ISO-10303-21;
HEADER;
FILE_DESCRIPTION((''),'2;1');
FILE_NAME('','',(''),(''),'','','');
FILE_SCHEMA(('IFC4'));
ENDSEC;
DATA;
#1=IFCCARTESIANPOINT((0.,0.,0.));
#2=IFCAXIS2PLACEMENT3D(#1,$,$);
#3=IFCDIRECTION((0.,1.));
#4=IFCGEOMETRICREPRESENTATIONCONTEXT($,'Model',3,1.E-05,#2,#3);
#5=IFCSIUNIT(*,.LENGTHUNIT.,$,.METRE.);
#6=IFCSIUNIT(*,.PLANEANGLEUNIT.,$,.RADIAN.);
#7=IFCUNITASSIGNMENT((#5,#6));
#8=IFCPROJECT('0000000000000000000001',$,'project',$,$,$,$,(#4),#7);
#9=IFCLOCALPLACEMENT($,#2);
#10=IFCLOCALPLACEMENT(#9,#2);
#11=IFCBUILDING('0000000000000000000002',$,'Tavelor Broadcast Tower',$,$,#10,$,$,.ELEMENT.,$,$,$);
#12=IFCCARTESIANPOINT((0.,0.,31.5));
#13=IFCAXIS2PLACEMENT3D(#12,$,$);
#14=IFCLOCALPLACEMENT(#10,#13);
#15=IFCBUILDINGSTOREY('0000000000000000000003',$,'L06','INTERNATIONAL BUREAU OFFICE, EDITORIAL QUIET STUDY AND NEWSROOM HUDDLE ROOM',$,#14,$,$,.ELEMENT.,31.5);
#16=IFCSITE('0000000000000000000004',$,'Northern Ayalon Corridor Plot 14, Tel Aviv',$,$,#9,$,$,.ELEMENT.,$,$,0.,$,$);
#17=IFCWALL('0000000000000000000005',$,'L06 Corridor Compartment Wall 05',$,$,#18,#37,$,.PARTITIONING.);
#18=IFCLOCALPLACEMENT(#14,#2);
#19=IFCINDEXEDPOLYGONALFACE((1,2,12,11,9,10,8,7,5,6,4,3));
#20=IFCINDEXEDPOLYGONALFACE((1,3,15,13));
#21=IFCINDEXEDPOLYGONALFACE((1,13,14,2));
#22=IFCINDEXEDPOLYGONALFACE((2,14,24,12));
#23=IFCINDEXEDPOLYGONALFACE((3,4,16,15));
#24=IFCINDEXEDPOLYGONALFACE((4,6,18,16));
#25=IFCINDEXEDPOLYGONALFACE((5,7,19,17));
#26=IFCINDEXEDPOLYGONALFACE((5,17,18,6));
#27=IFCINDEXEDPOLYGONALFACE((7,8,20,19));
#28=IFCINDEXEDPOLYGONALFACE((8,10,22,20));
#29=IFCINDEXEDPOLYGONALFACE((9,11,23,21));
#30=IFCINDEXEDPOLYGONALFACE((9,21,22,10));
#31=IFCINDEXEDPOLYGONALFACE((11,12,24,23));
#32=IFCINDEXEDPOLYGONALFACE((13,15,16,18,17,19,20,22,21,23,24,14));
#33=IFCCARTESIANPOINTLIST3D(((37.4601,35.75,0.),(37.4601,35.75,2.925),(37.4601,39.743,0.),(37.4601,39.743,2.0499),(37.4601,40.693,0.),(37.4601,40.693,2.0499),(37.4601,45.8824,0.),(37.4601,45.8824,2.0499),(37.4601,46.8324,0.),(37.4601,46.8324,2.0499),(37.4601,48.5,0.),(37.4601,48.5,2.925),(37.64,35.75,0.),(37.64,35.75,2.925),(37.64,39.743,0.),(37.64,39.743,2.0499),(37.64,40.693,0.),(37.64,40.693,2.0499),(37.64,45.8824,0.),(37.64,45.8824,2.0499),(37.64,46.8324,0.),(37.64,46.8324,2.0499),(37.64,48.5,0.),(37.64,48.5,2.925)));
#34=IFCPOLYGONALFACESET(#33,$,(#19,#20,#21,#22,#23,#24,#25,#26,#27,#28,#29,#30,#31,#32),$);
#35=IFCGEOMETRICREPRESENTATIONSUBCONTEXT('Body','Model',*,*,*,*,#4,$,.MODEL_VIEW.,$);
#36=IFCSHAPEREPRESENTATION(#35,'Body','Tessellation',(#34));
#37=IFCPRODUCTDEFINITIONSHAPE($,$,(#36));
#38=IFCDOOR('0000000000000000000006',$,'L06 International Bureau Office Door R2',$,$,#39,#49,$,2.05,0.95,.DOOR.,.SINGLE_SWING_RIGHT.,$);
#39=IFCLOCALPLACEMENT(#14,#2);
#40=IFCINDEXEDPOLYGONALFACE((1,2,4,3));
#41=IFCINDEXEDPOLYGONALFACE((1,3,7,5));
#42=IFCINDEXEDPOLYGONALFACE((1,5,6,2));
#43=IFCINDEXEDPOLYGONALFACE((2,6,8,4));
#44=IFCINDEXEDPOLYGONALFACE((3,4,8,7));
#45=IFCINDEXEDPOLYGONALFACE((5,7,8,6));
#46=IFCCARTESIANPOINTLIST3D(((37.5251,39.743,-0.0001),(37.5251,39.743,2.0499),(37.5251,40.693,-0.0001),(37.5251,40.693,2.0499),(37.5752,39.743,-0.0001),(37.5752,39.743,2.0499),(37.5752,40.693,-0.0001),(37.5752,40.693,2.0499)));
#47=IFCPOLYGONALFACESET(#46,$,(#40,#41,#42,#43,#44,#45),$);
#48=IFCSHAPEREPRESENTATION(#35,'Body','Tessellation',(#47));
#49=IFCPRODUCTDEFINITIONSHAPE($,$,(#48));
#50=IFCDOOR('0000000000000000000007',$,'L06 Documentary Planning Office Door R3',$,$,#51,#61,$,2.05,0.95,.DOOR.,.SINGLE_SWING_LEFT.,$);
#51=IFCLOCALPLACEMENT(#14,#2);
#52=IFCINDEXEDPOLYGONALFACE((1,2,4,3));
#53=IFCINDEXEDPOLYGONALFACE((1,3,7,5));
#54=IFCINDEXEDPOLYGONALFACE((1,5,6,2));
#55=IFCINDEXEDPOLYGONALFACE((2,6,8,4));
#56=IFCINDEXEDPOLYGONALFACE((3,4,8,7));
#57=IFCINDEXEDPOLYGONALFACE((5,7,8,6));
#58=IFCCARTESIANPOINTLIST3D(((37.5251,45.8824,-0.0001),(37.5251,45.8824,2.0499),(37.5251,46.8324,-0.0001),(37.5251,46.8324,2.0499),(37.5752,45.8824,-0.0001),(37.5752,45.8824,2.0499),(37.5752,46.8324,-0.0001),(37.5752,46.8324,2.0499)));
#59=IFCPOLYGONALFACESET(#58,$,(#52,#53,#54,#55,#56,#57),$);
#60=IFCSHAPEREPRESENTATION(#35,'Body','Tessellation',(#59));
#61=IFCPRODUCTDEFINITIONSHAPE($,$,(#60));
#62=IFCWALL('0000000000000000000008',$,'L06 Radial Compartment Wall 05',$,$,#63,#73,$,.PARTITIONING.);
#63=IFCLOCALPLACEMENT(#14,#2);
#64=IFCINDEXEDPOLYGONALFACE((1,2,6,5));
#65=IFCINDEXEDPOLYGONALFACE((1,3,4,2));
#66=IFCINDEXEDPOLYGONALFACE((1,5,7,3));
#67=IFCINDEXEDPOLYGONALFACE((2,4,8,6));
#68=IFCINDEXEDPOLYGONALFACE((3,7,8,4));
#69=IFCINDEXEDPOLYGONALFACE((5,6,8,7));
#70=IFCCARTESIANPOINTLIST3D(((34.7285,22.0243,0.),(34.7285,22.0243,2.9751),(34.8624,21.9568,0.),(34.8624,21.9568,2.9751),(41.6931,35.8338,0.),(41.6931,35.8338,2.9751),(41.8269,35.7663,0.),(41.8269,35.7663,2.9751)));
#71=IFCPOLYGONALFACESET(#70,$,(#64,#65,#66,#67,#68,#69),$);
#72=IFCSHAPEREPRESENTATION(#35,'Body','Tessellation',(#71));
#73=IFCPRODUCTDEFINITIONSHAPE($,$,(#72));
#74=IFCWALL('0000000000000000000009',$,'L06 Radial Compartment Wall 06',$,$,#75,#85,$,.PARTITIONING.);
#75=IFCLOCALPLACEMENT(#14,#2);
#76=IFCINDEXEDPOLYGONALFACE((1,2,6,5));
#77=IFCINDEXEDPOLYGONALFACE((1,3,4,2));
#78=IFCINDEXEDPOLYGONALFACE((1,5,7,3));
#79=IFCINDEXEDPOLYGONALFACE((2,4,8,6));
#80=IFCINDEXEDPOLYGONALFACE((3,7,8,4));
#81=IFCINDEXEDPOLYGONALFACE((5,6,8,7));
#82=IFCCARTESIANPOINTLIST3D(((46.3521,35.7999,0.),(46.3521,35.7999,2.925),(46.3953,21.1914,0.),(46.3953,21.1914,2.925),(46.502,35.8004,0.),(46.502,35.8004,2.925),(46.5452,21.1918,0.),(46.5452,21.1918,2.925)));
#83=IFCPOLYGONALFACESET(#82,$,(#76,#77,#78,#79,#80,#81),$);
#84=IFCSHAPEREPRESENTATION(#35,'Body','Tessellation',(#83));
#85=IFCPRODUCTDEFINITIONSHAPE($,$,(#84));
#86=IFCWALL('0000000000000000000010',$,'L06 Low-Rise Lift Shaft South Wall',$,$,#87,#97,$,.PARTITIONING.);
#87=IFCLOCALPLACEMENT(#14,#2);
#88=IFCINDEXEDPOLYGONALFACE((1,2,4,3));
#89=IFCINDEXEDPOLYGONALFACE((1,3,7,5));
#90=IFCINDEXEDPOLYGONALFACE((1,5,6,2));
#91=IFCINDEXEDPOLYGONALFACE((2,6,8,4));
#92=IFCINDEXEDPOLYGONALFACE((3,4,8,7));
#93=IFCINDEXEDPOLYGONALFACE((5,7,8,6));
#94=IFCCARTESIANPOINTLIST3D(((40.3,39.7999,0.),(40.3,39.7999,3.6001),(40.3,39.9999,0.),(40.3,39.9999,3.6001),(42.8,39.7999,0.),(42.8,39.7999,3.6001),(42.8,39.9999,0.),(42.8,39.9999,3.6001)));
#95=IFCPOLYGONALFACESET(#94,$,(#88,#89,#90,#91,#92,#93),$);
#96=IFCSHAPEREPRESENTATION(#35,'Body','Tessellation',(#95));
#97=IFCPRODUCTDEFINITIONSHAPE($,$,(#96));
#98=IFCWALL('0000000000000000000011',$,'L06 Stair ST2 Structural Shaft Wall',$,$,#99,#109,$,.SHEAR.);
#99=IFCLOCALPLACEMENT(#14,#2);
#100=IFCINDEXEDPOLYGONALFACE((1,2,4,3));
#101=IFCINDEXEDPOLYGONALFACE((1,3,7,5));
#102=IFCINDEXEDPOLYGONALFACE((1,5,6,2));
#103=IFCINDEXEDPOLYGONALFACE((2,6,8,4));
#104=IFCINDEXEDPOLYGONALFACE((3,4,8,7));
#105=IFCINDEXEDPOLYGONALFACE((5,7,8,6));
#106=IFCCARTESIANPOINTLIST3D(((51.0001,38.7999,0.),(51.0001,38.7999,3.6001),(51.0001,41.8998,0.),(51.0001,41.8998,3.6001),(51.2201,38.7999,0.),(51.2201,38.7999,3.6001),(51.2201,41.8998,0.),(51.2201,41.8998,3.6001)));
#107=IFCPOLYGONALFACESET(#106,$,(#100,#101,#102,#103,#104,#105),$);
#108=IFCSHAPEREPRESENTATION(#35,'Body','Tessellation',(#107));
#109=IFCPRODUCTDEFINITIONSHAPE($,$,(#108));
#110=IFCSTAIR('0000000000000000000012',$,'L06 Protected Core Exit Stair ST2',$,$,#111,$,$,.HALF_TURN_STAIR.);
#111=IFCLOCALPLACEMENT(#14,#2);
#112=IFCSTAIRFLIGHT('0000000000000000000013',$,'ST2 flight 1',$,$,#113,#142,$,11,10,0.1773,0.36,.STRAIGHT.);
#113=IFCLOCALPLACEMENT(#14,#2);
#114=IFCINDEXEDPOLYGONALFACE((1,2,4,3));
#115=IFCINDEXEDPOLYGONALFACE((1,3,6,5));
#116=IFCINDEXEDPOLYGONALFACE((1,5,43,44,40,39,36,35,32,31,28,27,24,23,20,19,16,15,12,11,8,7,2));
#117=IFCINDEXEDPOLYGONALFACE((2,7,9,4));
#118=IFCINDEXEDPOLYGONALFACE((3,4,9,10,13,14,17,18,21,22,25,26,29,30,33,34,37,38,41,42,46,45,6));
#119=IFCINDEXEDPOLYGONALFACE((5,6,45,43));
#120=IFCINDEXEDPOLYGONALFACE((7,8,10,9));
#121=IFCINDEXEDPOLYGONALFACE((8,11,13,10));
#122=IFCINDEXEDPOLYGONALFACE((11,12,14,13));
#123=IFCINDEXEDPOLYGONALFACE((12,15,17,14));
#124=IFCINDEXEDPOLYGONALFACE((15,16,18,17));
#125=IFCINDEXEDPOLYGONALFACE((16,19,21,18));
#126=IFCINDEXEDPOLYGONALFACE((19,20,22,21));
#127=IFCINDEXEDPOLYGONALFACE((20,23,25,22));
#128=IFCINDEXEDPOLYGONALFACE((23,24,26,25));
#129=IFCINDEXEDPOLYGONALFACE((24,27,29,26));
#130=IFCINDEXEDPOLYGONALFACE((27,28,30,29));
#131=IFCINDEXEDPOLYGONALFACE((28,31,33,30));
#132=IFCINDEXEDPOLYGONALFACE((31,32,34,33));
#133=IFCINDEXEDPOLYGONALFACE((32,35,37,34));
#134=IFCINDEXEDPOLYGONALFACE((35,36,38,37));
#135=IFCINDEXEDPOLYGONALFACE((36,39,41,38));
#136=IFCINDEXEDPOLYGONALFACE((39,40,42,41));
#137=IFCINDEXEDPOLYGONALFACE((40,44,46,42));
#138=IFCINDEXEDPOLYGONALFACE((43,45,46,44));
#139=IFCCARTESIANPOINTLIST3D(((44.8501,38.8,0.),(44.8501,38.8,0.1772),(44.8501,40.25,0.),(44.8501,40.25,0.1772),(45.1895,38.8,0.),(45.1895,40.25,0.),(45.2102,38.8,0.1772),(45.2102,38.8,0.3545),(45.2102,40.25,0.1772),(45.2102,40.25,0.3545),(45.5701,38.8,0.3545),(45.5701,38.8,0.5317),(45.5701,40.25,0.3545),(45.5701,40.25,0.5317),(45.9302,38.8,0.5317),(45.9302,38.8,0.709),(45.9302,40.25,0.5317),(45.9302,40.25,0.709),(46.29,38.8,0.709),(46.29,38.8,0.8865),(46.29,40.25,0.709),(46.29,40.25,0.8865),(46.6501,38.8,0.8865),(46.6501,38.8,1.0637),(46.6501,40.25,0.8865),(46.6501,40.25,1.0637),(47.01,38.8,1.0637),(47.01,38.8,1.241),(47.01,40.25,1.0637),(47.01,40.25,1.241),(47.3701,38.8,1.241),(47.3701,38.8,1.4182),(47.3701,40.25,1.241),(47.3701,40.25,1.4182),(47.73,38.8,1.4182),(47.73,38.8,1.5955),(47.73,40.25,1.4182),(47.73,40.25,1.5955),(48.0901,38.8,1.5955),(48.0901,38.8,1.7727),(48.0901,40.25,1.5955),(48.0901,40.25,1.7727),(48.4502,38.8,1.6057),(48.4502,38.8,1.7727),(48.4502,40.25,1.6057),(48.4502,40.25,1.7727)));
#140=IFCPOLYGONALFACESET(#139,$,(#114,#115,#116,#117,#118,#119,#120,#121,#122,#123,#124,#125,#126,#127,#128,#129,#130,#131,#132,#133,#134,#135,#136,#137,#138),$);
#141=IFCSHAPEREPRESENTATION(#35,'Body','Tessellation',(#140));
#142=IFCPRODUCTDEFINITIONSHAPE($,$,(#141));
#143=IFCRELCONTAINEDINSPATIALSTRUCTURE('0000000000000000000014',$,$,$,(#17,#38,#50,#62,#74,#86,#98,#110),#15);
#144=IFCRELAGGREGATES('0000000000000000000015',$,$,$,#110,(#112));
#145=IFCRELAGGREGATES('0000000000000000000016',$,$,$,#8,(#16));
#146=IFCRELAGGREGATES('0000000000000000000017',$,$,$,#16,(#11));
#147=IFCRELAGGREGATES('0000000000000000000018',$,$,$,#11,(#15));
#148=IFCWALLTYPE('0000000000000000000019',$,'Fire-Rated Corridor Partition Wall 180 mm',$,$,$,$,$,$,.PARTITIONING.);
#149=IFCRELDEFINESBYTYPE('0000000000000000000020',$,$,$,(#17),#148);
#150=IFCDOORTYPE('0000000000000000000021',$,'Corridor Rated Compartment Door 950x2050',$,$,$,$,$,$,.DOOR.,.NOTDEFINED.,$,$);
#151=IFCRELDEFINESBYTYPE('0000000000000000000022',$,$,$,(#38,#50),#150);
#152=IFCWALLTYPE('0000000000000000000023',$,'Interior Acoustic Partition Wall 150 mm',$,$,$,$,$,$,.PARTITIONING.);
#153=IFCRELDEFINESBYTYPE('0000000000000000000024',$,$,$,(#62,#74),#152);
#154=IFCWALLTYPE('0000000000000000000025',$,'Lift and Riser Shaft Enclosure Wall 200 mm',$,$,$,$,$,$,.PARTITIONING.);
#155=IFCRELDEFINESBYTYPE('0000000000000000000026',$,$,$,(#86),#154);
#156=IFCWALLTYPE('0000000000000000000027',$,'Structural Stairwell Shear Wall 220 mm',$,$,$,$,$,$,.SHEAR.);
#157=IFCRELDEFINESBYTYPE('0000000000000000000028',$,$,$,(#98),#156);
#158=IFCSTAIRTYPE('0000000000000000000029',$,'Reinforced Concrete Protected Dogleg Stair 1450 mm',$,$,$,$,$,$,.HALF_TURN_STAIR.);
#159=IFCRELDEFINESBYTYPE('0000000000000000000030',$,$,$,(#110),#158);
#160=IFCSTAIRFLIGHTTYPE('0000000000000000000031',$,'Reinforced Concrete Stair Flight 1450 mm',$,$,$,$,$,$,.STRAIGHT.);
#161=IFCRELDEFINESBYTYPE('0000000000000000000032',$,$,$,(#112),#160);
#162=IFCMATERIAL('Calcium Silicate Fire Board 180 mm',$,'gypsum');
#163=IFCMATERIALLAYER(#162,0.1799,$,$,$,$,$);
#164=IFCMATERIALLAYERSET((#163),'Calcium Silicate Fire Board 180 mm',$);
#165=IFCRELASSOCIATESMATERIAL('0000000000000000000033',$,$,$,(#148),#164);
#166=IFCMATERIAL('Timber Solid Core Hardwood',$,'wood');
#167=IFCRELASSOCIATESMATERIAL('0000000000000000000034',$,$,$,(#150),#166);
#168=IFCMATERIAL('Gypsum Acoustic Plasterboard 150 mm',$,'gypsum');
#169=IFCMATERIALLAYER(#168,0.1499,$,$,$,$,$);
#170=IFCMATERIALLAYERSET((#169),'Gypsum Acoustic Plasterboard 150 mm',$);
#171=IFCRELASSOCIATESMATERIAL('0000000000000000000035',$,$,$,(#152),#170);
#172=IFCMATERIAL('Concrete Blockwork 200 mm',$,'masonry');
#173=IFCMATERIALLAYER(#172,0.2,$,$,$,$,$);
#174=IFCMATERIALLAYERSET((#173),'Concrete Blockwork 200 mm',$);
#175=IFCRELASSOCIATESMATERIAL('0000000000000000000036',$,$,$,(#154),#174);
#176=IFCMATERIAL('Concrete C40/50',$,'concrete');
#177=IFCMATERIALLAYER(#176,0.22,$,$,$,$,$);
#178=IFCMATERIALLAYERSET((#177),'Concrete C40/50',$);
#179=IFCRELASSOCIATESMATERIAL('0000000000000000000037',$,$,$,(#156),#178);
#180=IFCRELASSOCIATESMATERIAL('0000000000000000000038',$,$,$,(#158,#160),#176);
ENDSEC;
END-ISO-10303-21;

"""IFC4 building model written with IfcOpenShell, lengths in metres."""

from ifc_helpers import new_model, si_unit, direction, frame, frame_2d, origin, place, context, subcontext, project, spatial, polyline, rectangle, outline, extrude, material, layer, layer_set, type_object, element, fill, aggregate, save


model = new_model("IFC4")

# Units and contexts
model_context = context("Model", 3, precision=1e-05, world=origin(), true_north=direction((0.0, 1.0)))
body_context = subcontext(model_context, "Body", "Model", "MODEL_VIEW")
ifc_project = project(units=[si_unit("LENGTHUNIT", "METRE"), si_unit("PLANEANGLEUNIT", "RADIAN")], contexts=[model_context])

# Site, building, storey
site_placement = place(None, origin())
site = spatial("IfcSite", under=ifc_project, at=site_placement, Name="Northern Ayalon Corridor Plot 14, Tel Aviv", CompositionType="ELEMENT", RefElevation=0.0)
building_placement = place(site_placement, origin())
building = spatial("IfcBuilding", under=site, at=building_placement, Name="Tavelor Broadcast Tower", CompositionType="ELEMENT")
storey_placement = place(building_placement, frame((0.0, 0.0, 31.5)))
storey = spatial("IfcBuildingStorey", under=building, at=storey_placement, Name="L06", Description="INTERNATIONAL BUREAU OFFICE, EDITORIAL QUIET STUDY AND NEWSROOM HUDDLE ROOM", CompositionType="ELEMENT", Elevation=31.5)

# Shared definitions
ifc_material_1 = material(Name="Concrete C40/50", Category="concrete")

# Wall, openings, doors
ifc_material_2 = material(Name="Calcium Silicate Fire Board 180 mm", Category="gypsum")
ifc_layer_1 = layer(ifc_material_2, 0.1799)
ifc_layer_set_1 = layer_set([ifc_layer_1], Name="Calcium Silicate Fire Board 180 mm")
wall_type_1 = type_object("IfcWallType", Name="Fire-Rated Corridor Partition Wall 180 mm", PredefinedType="PARTITIONING", material=ifc_layer_set_1)
wall_1_placement = place(storey_placement, frame((37.55, 35.75, 0.0), z_axis=(0.0, 0.0, 1.0), x_axis=(0.0, 1.0, 0.0)))
wall_1 = element("IfcWall", 1, at=wall_1_placement, inside=storey, type_object=wall_type_1, Name="L06 Corridor Compartment Wall 05", PredefinedType="PARTITIONING", context=body_context, shape_type="SweptSolid", body=[
    extrude(rectangle(XDim=12.75, YDim=0.1799, at=frame_2d((6.375, 0.0))), origin(), (0.0, 0.0, 1.0), 2.925),
])
opening_1_placement = place(wall_1_placement, frame((3.9929, 0.0, 0.0)))
opening_1 = element("IfcOpeningElement", 2, at=opening_1_placement, cuts=wall_1, PredefinedType="OPENING", context=body_context, shape_type="SweptSolid", body=[
    extrude(rectangle(XDim=0.95, YDim=2.05, at=frame_2d((0.4751, 1.0249))), frame((0.0, 0.1001, 0.0), z_axis=(0.0, -1.0, 0.0), x_axis=(1.0, 0.0, 0.0)), (0.0, 0.0, 1.0), 0.2),
])
opening_2_placement = place(wall_1_placement, frame((10.1323, 0.0, 0.0)))
opening_2 = element("IfcOpeningElement", 3, at=opening_2_placement, cuts=wall_1, PredefinedType="OPENING", context=body_context, shape_type="SweptSolid", body=[
    extrude(rectangle(XDim=0.95, YDim=2.05, at=frame_2d((0.4751, 1.0249))), frame((0.0, 0.1001, 0.0), z_axis=(0.0, -1.0, 0.0), x_axis=(1.0, 0.0, 0.0)), (0.0, 0.0, 1.0), 0.2),
])
ifc_material_3 = material(Name="Timber Solid Core Hardwood", Category="wood")
door_type_1 = type_object("IfcDoorType", Name="Corridor Rated Compartment Door 950x2050", OperationType="NOTDEFINED", PredefinedType="DOOR", material=ifc_material_3)
door_1_placement = place(opening_1_placement, origin())
door_1 = element("IfcDoor", 4, at=door_1_placement, inside=storey, type_object=door_type_1, Name="L06 International Bureau Office Door R2", OperationType="SINGLE_SWING_RIGHT", OverallHeight=2.05, OverallWidth=0.95, PredefinedType="DOOR", context=body_context, shape_type="SweptSolid", body=[
    extrude(rectangle(XDim=0.95, YDim=2.05, at=frame_2d((0.4751, 1.0249))), frame((0.0, 0.0249, 0.0), z_axis=(0.0, -1.0, 0.0), x_axis=(1.0, 0.0, 0.0)), (0.0, 0.0, 1.0), 0.05),
])
fill(opening_1, door_1)
door_2_placement = place(opening_2_placement, origin())
door_2 = element("IfcDoor", 5, at=door_2_placement, inside=storey, type_object=door_type_1, Name="L06 Documentary Planning Office Door R3", OperationType="SINGLE_SWING_LEFT", OverallHeight=2.05, OverallWidth=0.95, PredefinedType="DOOR", context=body_context, shape_type="SweptSolid", body=[
    extrude(rectangle(XDim=0.95, YDim=2.05, at=frame_2d((0.4751, 1.0249))), frame((0.0, 0.0249, 0.0), z_axis=(0.0, -1.0, 0.0), x_axis=(1.0, 0.0, 0.0)), (0.0, 0.0, 1.0), 0.05),
])
fill(opening_2, door_2)

# Walls
ifc_material_4 = material(Name="Gypsum Acoustic Plasterboard 150 mm", Category="gypsum")
ifc_layer_2 = layer(ifc_material_4, 0.1499)
ifc_layer_set_2 = layer_set([ifc_layer_2], Name="Gypsum Acoustic Plasterboard 150 mm")
wall_type_2 = type_object("IfcWallType", Name="Interior Acoustic Partition Wall 150 mm", PredefinedType="PARTITIONING", material=ifc_layer_set_2)
wall_2_placement = place(storey_placement, frame((41.76, 35.8, 0.0), z_axis=(0.0, 0.0, 1.0), x_axis=(-0.450305, -0.892875, 0.0)))
element("IfcWall", 6, at=wall_2_placement, inside=storey, type_object=wall_type_2, Name="L06 Radial Compartment Wall 05", PredefinedType="PARTITIONING", context=body_context, shape_type="SweptSolid", body=[
    extrude(rectangle(XDim=15.4663, YDim=0.1499, at=frame_2d((7.7332, 0.0))), origin(), (0.0, 0.0, 1.0), 2.9751),
])
wall_3_placement = place(storey_placement, frame((46.427, 35.8, 0.0), z_axis=(0.0, 0.0, 1.0), x_axis=(0.002958, -0.999996, 0.0)))
element("IfcWall", 7, at=wall_3_placement, inside=storey, type_object=wall_type_2, Name="L06 Radial Compartment Wall 06", PredefinedType="PARTITIONING", context=body_context, shape_type="SweptSolid", body=[
    extrude(rectangle(XDim=14.6086, YDim=0.1499, at=frame_2d((7.3042, 0.0))), origin(), (0.0, 0.0, 1.0), 2.925),
])

# Shared definitions
ifc_material_5 = material(Name="Concrete Blockwork 200 mm", Category="masonry")

# Walls
ifc_layer_3 = layer(ifc_material_5, 0.2)
ifc_layer_set_3 = layer_set([ifc_layer_3], Name="Concrete Blockwork 200 mm")
wall_type_3 = type_object("IfcWallType", Name="Lift and Riser Shaft Enclosure Wall 200 mm", PredefinedType="PARTITIONING", material=ifc_layer_set_3)
wall_4_placement = place(storey_placement, frame((40.3, 39.8999, 0.0), z_axis=(0.0, 0.0, 1.0), x_axis=(1.0, 0.0, 0.0)))
element("IfcWall", 8, at=wall_4_placement, inside=storey, type_object=wall_type_3, Name="L06 Low-Rise Lift Shaft South Wall", PredefinedType="PARTITIONING", context=body_context, shape_type="SweptSolid", body=[
    extrude(rectangle(XDim=2.5, YDim=0.2, at=frame_2d((1.25, 0.0))), origin(), (0.0, 0.0, 1.0), 3.6001),
])
ifc_layer_4 = layer(ifc_material_1, 0.22)
ifc_layer_set_4 = layer_set([ifc_layer_4], Name="Concrete C40/50")
wall_type_4 = type_object("IfcWallType", Name="Structural Stairwell Shear Wall 220 mm", PredefinedType="SHEAR", material=ifc_layer_set_4)
wall_5_placement = place(storey_placement, frame((51.1101, 38.8, 0.0), z_axis=(0.0, 0.0, 1.0), x_axis=(0.0, 1.0, 0.0)))
element("IfcWall", 9, at=wall_5_placement, inside=storey, type_object=wall_type_4, Name="L06 Stair ST2 Structural Shaft Wall", PredefinedType="SHEAR", context=body_context, shape_type="SweptSolid", body=[
    extrude(rectangle(XDim=3.0999, YDim=0.22, at=frame_2d((1.5498, 0.0))), origin(), (0.0, 0.0, 1.0), 3.6001),
])

# Stair, stair flight
stair_type = type_object("IfcStairType", Name="Reinforced Concrete Protected Dogleg Stair 1450 mm", PredefinedType="HALF_TURN_STAIR", material=ifc_material_1)
stair_placement = place(storey_placement, origin())
stair = element("IfcStair", 10, at=stair_placement, inside=storey, type_object=stair_type, Name="L06 Protected Core Exit Stair ST2", PredefinedType="HALF_TURN_STAIR")
stair_flight_type = type_object("IfcStairFlightType", Name="Reinforced Concrete Stair Flight 1450 mm", PredefinedType="STRAIGHT", material=ifc_material_1)
stair_flight_placement = place(storey_placement, frame((44.8501, 39.5249, 0.0), z_axis=(0.0, 0.0, 1.0), x_axis=(1.0, 0.0, 0.0)))
stair_flight = element("IfcStairFlight", 11, at=stair_flight_placement, type_object=stair_flight_type, Name="ST2 flight 1", NumberOfRisers=11, NumberOfTreads=10, PredefinedType="STRAIGHT", RiserHeight=0.1773, TreadLength=0.36, context=body_context, shape_type="SweptSolid", body=[
    extrude(outline(polyline([(0.0, 0.0), (0.0, 0.1772), (0.3601, 0.1772), (0.3601, 0.3545), (0.72, 0.3545), (0.72, 0.5317), (1.0801, 0.5317), (1.0801, 0.709), (1.4399, 0.709), (1.4399, 0.8865), (1.8, 0.8865), (1.8, 1.0637), (2.1599, 1.0637), (2.1599, 1.241), (2.52, 1.241), (2.52, 1.4182), (2.8799, 1.4182), (2.8799, 1.5955), (3.24, 1.5955), (3.24, 1.7727), (3.6001, 1.7727), (3.6001, 1.95), (3.6001, 1.6057), (0.3394, 0.0), (0.0, 0.0)])), frame((0.0, 0.7251, 0.0), z_axis=(0.0, -1.0, 0.0), x_axis=(1.0, 0.0, 0.0)), (0.0, 0.0, 1.0), 1.45),
])
aggregate(stair, [stair_flight])

save(model, "model.ifc")
